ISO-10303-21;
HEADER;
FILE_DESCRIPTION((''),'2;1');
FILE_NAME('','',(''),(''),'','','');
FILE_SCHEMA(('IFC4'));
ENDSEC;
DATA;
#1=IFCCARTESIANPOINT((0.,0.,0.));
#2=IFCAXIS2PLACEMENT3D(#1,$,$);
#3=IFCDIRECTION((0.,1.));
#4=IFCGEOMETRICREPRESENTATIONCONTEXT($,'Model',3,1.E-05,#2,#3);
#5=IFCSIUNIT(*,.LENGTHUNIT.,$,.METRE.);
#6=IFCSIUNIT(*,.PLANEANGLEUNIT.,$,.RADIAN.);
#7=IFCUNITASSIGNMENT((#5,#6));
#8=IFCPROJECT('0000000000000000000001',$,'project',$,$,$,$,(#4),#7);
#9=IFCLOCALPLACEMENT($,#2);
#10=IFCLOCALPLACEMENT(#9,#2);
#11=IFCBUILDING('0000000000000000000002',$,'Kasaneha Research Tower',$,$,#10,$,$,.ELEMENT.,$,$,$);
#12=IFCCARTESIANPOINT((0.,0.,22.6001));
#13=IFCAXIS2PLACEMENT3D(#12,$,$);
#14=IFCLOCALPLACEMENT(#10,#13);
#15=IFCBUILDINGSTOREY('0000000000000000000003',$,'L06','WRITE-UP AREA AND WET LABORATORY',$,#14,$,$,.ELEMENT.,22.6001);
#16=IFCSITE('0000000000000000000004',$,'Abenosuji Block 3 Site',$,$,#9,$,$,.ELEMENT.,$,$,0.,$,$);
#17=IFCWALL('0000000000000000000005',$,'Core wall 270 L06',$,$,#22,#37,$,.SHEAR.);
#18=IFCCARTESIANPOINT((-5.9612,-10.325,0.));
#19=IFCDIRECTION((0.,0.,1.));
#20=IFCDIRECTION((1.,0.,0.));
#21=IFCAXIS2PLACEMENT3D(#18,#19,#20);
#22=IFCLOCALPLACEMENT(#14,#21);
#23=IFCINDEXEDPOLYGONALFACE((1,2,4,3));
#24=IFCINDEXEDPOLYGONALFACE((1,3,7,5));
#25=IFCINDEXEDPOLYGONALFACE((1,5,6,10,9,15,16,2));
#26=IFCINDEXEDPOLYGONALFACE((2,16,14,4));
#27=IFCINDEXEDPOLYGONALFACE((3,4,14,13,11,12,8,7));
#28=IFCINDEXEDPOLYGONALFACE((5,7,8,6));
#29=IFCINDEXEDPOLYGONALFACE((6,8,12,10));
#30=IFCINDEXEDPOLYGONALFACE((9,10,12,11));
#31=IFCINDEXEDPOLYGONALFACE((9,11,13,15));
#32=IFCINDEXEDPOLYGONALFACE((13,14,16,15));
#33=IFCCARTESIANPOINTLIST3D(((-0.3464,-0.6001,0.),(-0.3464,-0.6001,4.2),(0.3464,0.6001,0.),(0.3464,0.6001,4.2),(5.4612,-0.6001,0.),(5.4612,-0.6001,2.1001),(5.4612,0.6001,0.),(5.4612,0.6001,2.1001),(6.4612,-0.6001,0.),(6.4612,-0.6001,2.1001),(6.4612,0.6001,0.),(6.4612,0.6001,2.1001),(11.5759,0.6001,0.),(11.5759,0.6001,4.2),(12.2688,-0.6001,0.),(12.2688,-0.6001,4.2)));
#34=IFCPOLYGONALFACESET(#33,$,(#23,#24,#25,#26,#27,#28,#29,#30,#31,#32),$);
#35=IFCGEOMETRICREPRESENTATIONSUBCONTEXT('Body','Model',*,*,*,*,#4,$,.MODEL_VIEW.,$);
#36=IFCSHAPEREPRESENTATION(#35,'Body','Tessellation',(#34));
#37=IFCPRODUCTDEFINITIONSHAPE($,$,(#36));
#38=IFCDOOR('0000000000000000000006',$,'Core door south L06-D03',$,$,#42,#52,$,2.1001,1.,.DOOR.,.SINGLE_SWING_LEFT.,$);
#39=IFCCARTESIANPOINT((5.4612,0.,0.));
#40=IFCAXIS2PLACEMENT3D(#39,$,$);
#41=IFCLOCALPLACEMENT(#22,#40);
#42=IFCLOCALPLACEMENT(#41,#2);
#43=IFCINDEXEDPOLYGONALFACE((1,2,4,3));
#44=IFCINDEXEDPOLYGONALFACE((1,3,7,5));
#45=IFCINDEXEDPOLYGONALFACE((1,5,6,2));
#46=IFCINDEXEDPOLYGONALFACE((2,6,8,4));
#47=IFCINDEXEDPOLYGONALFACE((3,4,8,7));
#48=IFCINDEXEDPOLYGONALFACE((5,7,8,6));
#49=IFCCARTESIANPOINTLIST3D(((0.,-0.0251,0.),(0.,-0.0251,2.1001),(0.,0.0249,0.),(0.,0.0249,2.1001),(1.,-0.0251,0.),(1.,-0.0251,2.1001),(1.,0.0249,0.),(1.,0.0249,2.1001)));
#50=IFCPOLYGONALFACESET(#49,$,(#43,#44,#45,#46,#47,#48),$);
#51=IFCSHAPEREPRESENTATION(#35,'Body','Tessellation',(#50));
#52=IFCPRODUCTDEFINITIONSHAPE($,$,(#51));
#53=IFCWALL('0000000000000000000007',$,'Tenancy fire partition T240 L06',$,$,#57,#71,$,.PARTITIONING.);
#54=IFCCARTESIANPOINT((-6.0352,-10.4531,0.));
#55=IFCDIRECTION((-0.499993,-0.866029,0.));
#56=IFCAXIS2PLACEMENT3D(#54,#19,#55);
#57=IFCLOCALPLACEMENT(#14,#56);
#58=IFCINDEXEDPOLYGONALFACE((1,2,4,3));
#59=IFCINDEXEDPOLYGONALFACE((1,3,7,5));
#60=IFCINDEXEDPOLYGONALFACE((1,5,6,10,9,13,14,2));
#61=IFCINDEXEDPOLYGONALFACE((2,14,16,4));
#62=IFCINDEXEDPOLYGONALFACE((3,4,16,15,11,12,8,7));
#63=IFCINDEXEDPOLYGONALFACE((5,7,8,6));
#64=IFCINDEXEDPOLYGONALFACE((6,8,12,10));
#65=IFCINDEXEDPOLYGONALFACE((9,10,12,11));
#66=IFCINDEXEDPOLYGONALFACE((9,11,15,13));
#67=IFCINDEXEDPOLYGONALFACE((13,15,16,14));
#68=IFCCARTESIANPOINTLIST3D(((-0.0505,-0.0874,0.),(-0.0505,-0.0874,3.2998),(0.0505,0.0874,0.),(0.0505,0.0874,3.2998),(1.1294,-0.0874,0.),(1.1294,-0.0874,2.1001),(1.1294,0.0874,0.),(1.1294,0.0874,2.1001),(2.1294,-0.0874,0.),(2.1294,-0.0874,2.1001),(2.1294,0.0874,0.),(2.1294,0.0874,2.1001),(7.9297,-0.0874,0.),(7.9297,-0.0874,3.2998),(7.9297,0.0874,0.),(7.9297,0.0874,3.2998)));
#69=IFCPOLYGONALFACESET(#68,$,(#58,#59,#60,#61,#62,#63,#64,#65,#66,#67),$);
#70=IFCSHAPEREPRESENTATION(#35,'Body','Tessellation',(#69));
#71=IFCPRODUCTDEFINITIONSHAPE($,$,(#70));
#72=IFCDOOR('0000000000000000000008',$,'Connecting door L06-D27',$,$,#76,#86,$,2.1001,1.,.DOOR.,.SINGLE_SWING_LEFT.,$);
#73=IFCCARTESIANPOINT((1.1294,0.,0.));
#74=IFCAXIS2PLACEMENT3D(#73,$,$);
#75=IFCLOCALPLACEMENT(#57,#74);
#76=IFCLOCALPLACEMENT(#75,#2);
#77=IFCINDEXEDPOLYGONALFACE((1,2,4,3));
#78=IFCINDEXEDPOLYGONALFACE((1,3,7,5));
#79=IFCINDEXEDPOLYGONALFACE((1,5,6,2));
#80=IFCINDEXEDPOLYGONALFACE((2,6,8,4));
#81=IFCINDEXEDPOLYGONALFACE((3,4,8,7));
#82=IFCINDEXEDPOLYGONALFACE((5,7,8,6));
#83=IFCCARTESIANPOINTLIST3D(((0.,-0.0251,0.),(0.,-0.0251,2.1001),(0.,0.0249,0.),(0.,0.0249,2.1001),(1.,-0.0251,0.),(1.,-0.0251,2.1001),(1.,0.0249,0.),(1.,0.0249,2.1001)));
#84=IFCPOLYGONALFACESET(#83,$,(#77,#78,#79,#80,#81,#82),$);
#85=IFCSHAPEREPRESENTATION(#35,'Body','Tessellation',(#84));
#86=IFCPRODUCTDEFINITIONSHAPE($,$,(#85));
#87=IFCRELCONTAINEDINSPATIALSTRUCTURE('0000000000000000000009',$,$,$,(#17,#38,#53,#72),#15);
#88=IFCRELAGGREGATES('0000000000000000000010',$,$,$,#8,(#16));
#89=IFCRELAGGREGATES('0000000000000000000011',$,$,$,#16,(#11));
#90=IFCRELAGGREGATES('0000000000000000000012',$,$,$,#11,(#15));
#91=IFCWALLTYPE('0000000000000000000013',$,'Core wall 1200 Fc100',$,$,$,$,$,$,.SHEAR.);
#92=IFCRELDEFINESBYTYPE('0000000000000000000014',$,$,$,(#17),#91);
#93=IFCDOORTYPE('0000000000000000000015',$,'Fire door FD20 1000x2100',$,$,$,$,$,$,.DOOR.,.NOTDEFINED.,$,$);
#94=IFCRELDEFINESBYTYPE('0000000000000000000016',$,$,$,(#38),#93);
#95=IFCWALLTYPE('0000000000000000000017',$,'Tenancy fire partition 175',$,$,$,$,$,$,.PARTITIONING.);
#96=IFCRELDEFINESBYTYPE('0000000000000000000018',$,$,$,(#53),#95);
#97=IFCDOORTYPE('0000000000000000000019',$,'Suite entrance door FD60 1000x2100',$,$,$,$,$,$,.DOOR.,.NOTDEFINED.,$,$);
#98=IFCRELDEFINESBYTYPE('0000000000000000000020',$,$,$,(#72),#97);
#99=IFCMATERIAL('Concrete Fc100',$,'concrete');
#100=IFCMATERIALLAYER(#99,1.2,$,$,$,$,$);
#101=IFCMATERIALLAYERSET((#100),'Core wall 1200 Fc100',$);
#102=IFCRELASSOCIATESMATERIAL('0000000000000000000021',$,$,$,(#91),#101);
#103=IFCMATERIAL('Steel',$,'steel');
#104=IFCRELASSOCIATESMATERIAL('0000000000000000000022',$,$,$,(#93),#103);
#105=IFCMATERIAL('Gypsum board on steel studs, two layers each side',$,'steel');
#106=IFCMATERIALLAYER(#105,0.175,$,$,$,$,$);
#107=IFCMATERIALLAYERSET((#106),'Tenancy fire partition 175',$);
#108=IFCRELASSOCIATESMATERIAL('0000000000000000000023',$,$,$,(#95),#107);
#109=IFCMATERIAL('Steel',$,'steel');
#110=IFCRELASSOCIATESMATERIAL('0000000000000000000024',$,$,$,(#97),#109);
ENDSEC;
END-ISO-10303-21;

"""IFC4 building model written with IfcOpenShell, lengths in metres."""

from ifc_helpers import new_model, si_unit, direction, frame, frame_2d, origin, place, context, subcontext, project, spatial, polyline, rectangle, outline, extrude, material, layer, layer_set, type_object, element, fill, save


model = new_model("IFC4")

# Units and contexts
model_context = context("Model", 3, precision=1e-05, world=origin(), true_north=direction((0.0, 1.0)))
body_context = subcontext(model_context, "Body", "Model", "MODEL_VIEW")
ifc_project = project(units=[si_unit("LENGTHUNIT", "METRE"), si_unit("PLANEANGLEUNIT", "RADIAN")], contexts=[model_context])

# Site, building, storey
site_placement = place(None, origin())
site = spatial("IfcSite", under=ifc_project, at=site_placement, Name="Abenosuji Block 3 Site", CompositionType="ELEMENT", RefElevation=0.0)
building_placement = place(site_placement, origin())
building = spatial("IfcBuilding", under=site, at=building_placement, Name="Kasaneha Research Tower", CompositionType="ELEMENT")
storey_placement = place(building_placement, frame((0.0, 0.0, 22.6001)))
storey = spatial("IfcBuildingStorey", under=building, at=storey_placement, Name="L06", Description="WRITE-UP AREA AND WET LABORATORY", CompositionType="ELEMENT", Elevation=22.6001)

# Wall, opening, door
ifc_material_1 = material(Name="Concrete Fc100", Category="concrete")
ifc_layer_1 = layer(ifc_material_1, 1.2)
ifc_layer_set_1 = layer_set([ifc_layer_1], Name="Core wall 1200 Fc100")
wall_type_1 = type_object("IfcWallType", Name="Core wall 1200 Fc100", PredefinedType="SHEAR", material=ifc_layer_set_1)
wall_1_placement = place(storey_placement, frame((-5.9612, -10.325, 0.0), z_axis=(0.0, 0.0, 1.0), x_axis=(1.0, 0.0, 0.0)))
wall_1 = element("IfcWall", 1, at=wall_1_placement, inside=storey, type_object=wall_type_1, Name="Core wall 270 L06", PredefinedType="SHEAR", context=body_context, shape_type="SweptSolid", body=[
    extrude(outline(polyline([(-0.3464, -0.6001), (5.4612, -0.6001), (6.4612, -0.6001), (12.2688, -0.6001), (11.5759, 0.6001), (6.4612, 0.6001), (5.4612, 0.6001), (0.3464, 0.6001), (-0.3464, -0.6001)])), origin(), (0.0, 0.0, 1.0), 4.2),
])
opening_1_placement = place(wall_1_placement, frame((5.4612, 0.0, 0.0)))
opening_1 = element("IfcOpeningElement", 2, at=opening_1_placement, cuts=wall_1, PredefinedType="OPENING", context=body_context, shape_type="SweptSolid", body=[
    extrude(rectangle(XDim=1.0, YDim=2.1001, at=frame_2d((0.5, 1.05))), frame((0.0, 0.6099, 0.0), z_axis=(0.0, -1.0, 0.0), x_axis=(1.0, 0.0, 0.0)), (0.0, 0.0, 1.0), 1.22),
])
ifc_material_2 = material(Name="Steel", Category="steel")
door_type_1 = type_object("IfcDoorType", Name="Fire door FD20 1000x2100", OperationType="NOTDEFINED", PredefinedType="DOOR", material=ifc_material_2)
door_1_placement = place(opening_1_placement, origin())
door_1 = element("IfcDoor", 3, at=door_1_placement, inside=storey, type_object=door_type_1, Name="Core door south L06-D03", OperationType="SINGLE_SWING_LEFT", OverallHeight=2.1001, OverallWidth=1.0, PredefinedType="DOOR", context=body_context, shape_type="SweptSolid", body=[
    extrude(rectangle(XDim=1.0, YDim=2.1001, at=frame_2d((0.5, 1.05))), frame((0.0, 0.0249, 0.0), z_axis=(0.0, -1.0, 0.0), x_axis=(1.0, 0.0, 0.0)), (0.0, 0.0, 1.0), 0.05),
])
fill(opening_1, door_1)

# Wall, opening, door
ifc_material_3 = material(Name="Gypsum board on steel studs, two layers each side", Category="steel")
ifc_layer_2 = layer(ifc_material_3, 0.175)
ifc_layer_set_2 = layer_set([ifc_layer_2], Name="Tenancy fire partition 175")
wall_type_2 = type_object("IfcWallType", Name="Tenancy fire partition 175", PredefinedType="PARTITIONING", material=ifc_layer_set_2)
wall_2_placement = place(storey_placement, frame((-6.0352, -10.4531, 0.0), z_axis=(0.0, 0.0, 1.0), x_axis=(-0.499993, -0.866029, 0.0)))
wall_2 = element("IfcWall", 4, at=wall_2_placement, inside=storey, type_object=wall_type_2, Name="Tenancy fire partition T240 L06", PredefinedType="PARTITIONING", context=body_context, shape_type="SweptSolid", body=[
    extrude(outline(polyline([(-0.0505, -0.0874), (1.1294, -0.0874), (2.1294, -0.0874), (7.9297, -0.0874), (7.9297, 0.0874), (2.1294, 0.0874), (1.1294, 0.0874), (0.0505, 0.0874), (-0.0505, -0.0874)])), origin(), (0.0, 0.0, 1.0), 3.2998),
])
opening_2_placement = place(wall_2_placement, frame((1.1294, 0.0, 0.0)))
opening_2 = element("IfcOpeningElement", 5, at=opening_2_placement, cuts=wall_2, PredefinedType="OPENING", context=body_context, shape_type="SweptSolid", body=[
    extrude(rectangle(XDim=1.0, YDim=2.1001, at=frame_2d((0.5, 1.05))), frame((0.0, 0.0977, 0.0), z_axis=(0.0, -1.0, 0.0), x_axis=(1.0, 0.0, 0.0)), (0.0, 0.0, 1.0), 0.1951),
])
ifc_material_4 = material(Name="Steel", Category="steel")
door_type_2 = type_object("IfcDoorType", Name="Suite entrance door FD60 1000x2100", OperationType="NOTDEFINED", PredefinedType="DOOR", material=ifc_material_4)
door_2_placement = place(opening_2_placement, origin())
door_2 = element("IfcDoor", 6, at=door_2_placement, inside=storey, type_object=door_type_2, Name="Connecting door L06-D27", OperationType="SINGLE_SWING_LEFT", OverallHeight=2.1001, OverallWidth=1.0, PredefinedType="DOOR", context=body_context, shape_type="SweptSolid", body=[
    extrude(rectangle(XDim=1.0, YDim=2.1001, at=frame_2d((0.5, 1.05))), frame((0.0, 0.0249, 0.0), z_axis=(0.0, -1.0, 0.0), x_axis=(1.0, 0.0, 0.0)), (0.0, 0.0, 1.0), 0.05),
])
fill(opening_2, door_2)

save(model, "model.ifc")
